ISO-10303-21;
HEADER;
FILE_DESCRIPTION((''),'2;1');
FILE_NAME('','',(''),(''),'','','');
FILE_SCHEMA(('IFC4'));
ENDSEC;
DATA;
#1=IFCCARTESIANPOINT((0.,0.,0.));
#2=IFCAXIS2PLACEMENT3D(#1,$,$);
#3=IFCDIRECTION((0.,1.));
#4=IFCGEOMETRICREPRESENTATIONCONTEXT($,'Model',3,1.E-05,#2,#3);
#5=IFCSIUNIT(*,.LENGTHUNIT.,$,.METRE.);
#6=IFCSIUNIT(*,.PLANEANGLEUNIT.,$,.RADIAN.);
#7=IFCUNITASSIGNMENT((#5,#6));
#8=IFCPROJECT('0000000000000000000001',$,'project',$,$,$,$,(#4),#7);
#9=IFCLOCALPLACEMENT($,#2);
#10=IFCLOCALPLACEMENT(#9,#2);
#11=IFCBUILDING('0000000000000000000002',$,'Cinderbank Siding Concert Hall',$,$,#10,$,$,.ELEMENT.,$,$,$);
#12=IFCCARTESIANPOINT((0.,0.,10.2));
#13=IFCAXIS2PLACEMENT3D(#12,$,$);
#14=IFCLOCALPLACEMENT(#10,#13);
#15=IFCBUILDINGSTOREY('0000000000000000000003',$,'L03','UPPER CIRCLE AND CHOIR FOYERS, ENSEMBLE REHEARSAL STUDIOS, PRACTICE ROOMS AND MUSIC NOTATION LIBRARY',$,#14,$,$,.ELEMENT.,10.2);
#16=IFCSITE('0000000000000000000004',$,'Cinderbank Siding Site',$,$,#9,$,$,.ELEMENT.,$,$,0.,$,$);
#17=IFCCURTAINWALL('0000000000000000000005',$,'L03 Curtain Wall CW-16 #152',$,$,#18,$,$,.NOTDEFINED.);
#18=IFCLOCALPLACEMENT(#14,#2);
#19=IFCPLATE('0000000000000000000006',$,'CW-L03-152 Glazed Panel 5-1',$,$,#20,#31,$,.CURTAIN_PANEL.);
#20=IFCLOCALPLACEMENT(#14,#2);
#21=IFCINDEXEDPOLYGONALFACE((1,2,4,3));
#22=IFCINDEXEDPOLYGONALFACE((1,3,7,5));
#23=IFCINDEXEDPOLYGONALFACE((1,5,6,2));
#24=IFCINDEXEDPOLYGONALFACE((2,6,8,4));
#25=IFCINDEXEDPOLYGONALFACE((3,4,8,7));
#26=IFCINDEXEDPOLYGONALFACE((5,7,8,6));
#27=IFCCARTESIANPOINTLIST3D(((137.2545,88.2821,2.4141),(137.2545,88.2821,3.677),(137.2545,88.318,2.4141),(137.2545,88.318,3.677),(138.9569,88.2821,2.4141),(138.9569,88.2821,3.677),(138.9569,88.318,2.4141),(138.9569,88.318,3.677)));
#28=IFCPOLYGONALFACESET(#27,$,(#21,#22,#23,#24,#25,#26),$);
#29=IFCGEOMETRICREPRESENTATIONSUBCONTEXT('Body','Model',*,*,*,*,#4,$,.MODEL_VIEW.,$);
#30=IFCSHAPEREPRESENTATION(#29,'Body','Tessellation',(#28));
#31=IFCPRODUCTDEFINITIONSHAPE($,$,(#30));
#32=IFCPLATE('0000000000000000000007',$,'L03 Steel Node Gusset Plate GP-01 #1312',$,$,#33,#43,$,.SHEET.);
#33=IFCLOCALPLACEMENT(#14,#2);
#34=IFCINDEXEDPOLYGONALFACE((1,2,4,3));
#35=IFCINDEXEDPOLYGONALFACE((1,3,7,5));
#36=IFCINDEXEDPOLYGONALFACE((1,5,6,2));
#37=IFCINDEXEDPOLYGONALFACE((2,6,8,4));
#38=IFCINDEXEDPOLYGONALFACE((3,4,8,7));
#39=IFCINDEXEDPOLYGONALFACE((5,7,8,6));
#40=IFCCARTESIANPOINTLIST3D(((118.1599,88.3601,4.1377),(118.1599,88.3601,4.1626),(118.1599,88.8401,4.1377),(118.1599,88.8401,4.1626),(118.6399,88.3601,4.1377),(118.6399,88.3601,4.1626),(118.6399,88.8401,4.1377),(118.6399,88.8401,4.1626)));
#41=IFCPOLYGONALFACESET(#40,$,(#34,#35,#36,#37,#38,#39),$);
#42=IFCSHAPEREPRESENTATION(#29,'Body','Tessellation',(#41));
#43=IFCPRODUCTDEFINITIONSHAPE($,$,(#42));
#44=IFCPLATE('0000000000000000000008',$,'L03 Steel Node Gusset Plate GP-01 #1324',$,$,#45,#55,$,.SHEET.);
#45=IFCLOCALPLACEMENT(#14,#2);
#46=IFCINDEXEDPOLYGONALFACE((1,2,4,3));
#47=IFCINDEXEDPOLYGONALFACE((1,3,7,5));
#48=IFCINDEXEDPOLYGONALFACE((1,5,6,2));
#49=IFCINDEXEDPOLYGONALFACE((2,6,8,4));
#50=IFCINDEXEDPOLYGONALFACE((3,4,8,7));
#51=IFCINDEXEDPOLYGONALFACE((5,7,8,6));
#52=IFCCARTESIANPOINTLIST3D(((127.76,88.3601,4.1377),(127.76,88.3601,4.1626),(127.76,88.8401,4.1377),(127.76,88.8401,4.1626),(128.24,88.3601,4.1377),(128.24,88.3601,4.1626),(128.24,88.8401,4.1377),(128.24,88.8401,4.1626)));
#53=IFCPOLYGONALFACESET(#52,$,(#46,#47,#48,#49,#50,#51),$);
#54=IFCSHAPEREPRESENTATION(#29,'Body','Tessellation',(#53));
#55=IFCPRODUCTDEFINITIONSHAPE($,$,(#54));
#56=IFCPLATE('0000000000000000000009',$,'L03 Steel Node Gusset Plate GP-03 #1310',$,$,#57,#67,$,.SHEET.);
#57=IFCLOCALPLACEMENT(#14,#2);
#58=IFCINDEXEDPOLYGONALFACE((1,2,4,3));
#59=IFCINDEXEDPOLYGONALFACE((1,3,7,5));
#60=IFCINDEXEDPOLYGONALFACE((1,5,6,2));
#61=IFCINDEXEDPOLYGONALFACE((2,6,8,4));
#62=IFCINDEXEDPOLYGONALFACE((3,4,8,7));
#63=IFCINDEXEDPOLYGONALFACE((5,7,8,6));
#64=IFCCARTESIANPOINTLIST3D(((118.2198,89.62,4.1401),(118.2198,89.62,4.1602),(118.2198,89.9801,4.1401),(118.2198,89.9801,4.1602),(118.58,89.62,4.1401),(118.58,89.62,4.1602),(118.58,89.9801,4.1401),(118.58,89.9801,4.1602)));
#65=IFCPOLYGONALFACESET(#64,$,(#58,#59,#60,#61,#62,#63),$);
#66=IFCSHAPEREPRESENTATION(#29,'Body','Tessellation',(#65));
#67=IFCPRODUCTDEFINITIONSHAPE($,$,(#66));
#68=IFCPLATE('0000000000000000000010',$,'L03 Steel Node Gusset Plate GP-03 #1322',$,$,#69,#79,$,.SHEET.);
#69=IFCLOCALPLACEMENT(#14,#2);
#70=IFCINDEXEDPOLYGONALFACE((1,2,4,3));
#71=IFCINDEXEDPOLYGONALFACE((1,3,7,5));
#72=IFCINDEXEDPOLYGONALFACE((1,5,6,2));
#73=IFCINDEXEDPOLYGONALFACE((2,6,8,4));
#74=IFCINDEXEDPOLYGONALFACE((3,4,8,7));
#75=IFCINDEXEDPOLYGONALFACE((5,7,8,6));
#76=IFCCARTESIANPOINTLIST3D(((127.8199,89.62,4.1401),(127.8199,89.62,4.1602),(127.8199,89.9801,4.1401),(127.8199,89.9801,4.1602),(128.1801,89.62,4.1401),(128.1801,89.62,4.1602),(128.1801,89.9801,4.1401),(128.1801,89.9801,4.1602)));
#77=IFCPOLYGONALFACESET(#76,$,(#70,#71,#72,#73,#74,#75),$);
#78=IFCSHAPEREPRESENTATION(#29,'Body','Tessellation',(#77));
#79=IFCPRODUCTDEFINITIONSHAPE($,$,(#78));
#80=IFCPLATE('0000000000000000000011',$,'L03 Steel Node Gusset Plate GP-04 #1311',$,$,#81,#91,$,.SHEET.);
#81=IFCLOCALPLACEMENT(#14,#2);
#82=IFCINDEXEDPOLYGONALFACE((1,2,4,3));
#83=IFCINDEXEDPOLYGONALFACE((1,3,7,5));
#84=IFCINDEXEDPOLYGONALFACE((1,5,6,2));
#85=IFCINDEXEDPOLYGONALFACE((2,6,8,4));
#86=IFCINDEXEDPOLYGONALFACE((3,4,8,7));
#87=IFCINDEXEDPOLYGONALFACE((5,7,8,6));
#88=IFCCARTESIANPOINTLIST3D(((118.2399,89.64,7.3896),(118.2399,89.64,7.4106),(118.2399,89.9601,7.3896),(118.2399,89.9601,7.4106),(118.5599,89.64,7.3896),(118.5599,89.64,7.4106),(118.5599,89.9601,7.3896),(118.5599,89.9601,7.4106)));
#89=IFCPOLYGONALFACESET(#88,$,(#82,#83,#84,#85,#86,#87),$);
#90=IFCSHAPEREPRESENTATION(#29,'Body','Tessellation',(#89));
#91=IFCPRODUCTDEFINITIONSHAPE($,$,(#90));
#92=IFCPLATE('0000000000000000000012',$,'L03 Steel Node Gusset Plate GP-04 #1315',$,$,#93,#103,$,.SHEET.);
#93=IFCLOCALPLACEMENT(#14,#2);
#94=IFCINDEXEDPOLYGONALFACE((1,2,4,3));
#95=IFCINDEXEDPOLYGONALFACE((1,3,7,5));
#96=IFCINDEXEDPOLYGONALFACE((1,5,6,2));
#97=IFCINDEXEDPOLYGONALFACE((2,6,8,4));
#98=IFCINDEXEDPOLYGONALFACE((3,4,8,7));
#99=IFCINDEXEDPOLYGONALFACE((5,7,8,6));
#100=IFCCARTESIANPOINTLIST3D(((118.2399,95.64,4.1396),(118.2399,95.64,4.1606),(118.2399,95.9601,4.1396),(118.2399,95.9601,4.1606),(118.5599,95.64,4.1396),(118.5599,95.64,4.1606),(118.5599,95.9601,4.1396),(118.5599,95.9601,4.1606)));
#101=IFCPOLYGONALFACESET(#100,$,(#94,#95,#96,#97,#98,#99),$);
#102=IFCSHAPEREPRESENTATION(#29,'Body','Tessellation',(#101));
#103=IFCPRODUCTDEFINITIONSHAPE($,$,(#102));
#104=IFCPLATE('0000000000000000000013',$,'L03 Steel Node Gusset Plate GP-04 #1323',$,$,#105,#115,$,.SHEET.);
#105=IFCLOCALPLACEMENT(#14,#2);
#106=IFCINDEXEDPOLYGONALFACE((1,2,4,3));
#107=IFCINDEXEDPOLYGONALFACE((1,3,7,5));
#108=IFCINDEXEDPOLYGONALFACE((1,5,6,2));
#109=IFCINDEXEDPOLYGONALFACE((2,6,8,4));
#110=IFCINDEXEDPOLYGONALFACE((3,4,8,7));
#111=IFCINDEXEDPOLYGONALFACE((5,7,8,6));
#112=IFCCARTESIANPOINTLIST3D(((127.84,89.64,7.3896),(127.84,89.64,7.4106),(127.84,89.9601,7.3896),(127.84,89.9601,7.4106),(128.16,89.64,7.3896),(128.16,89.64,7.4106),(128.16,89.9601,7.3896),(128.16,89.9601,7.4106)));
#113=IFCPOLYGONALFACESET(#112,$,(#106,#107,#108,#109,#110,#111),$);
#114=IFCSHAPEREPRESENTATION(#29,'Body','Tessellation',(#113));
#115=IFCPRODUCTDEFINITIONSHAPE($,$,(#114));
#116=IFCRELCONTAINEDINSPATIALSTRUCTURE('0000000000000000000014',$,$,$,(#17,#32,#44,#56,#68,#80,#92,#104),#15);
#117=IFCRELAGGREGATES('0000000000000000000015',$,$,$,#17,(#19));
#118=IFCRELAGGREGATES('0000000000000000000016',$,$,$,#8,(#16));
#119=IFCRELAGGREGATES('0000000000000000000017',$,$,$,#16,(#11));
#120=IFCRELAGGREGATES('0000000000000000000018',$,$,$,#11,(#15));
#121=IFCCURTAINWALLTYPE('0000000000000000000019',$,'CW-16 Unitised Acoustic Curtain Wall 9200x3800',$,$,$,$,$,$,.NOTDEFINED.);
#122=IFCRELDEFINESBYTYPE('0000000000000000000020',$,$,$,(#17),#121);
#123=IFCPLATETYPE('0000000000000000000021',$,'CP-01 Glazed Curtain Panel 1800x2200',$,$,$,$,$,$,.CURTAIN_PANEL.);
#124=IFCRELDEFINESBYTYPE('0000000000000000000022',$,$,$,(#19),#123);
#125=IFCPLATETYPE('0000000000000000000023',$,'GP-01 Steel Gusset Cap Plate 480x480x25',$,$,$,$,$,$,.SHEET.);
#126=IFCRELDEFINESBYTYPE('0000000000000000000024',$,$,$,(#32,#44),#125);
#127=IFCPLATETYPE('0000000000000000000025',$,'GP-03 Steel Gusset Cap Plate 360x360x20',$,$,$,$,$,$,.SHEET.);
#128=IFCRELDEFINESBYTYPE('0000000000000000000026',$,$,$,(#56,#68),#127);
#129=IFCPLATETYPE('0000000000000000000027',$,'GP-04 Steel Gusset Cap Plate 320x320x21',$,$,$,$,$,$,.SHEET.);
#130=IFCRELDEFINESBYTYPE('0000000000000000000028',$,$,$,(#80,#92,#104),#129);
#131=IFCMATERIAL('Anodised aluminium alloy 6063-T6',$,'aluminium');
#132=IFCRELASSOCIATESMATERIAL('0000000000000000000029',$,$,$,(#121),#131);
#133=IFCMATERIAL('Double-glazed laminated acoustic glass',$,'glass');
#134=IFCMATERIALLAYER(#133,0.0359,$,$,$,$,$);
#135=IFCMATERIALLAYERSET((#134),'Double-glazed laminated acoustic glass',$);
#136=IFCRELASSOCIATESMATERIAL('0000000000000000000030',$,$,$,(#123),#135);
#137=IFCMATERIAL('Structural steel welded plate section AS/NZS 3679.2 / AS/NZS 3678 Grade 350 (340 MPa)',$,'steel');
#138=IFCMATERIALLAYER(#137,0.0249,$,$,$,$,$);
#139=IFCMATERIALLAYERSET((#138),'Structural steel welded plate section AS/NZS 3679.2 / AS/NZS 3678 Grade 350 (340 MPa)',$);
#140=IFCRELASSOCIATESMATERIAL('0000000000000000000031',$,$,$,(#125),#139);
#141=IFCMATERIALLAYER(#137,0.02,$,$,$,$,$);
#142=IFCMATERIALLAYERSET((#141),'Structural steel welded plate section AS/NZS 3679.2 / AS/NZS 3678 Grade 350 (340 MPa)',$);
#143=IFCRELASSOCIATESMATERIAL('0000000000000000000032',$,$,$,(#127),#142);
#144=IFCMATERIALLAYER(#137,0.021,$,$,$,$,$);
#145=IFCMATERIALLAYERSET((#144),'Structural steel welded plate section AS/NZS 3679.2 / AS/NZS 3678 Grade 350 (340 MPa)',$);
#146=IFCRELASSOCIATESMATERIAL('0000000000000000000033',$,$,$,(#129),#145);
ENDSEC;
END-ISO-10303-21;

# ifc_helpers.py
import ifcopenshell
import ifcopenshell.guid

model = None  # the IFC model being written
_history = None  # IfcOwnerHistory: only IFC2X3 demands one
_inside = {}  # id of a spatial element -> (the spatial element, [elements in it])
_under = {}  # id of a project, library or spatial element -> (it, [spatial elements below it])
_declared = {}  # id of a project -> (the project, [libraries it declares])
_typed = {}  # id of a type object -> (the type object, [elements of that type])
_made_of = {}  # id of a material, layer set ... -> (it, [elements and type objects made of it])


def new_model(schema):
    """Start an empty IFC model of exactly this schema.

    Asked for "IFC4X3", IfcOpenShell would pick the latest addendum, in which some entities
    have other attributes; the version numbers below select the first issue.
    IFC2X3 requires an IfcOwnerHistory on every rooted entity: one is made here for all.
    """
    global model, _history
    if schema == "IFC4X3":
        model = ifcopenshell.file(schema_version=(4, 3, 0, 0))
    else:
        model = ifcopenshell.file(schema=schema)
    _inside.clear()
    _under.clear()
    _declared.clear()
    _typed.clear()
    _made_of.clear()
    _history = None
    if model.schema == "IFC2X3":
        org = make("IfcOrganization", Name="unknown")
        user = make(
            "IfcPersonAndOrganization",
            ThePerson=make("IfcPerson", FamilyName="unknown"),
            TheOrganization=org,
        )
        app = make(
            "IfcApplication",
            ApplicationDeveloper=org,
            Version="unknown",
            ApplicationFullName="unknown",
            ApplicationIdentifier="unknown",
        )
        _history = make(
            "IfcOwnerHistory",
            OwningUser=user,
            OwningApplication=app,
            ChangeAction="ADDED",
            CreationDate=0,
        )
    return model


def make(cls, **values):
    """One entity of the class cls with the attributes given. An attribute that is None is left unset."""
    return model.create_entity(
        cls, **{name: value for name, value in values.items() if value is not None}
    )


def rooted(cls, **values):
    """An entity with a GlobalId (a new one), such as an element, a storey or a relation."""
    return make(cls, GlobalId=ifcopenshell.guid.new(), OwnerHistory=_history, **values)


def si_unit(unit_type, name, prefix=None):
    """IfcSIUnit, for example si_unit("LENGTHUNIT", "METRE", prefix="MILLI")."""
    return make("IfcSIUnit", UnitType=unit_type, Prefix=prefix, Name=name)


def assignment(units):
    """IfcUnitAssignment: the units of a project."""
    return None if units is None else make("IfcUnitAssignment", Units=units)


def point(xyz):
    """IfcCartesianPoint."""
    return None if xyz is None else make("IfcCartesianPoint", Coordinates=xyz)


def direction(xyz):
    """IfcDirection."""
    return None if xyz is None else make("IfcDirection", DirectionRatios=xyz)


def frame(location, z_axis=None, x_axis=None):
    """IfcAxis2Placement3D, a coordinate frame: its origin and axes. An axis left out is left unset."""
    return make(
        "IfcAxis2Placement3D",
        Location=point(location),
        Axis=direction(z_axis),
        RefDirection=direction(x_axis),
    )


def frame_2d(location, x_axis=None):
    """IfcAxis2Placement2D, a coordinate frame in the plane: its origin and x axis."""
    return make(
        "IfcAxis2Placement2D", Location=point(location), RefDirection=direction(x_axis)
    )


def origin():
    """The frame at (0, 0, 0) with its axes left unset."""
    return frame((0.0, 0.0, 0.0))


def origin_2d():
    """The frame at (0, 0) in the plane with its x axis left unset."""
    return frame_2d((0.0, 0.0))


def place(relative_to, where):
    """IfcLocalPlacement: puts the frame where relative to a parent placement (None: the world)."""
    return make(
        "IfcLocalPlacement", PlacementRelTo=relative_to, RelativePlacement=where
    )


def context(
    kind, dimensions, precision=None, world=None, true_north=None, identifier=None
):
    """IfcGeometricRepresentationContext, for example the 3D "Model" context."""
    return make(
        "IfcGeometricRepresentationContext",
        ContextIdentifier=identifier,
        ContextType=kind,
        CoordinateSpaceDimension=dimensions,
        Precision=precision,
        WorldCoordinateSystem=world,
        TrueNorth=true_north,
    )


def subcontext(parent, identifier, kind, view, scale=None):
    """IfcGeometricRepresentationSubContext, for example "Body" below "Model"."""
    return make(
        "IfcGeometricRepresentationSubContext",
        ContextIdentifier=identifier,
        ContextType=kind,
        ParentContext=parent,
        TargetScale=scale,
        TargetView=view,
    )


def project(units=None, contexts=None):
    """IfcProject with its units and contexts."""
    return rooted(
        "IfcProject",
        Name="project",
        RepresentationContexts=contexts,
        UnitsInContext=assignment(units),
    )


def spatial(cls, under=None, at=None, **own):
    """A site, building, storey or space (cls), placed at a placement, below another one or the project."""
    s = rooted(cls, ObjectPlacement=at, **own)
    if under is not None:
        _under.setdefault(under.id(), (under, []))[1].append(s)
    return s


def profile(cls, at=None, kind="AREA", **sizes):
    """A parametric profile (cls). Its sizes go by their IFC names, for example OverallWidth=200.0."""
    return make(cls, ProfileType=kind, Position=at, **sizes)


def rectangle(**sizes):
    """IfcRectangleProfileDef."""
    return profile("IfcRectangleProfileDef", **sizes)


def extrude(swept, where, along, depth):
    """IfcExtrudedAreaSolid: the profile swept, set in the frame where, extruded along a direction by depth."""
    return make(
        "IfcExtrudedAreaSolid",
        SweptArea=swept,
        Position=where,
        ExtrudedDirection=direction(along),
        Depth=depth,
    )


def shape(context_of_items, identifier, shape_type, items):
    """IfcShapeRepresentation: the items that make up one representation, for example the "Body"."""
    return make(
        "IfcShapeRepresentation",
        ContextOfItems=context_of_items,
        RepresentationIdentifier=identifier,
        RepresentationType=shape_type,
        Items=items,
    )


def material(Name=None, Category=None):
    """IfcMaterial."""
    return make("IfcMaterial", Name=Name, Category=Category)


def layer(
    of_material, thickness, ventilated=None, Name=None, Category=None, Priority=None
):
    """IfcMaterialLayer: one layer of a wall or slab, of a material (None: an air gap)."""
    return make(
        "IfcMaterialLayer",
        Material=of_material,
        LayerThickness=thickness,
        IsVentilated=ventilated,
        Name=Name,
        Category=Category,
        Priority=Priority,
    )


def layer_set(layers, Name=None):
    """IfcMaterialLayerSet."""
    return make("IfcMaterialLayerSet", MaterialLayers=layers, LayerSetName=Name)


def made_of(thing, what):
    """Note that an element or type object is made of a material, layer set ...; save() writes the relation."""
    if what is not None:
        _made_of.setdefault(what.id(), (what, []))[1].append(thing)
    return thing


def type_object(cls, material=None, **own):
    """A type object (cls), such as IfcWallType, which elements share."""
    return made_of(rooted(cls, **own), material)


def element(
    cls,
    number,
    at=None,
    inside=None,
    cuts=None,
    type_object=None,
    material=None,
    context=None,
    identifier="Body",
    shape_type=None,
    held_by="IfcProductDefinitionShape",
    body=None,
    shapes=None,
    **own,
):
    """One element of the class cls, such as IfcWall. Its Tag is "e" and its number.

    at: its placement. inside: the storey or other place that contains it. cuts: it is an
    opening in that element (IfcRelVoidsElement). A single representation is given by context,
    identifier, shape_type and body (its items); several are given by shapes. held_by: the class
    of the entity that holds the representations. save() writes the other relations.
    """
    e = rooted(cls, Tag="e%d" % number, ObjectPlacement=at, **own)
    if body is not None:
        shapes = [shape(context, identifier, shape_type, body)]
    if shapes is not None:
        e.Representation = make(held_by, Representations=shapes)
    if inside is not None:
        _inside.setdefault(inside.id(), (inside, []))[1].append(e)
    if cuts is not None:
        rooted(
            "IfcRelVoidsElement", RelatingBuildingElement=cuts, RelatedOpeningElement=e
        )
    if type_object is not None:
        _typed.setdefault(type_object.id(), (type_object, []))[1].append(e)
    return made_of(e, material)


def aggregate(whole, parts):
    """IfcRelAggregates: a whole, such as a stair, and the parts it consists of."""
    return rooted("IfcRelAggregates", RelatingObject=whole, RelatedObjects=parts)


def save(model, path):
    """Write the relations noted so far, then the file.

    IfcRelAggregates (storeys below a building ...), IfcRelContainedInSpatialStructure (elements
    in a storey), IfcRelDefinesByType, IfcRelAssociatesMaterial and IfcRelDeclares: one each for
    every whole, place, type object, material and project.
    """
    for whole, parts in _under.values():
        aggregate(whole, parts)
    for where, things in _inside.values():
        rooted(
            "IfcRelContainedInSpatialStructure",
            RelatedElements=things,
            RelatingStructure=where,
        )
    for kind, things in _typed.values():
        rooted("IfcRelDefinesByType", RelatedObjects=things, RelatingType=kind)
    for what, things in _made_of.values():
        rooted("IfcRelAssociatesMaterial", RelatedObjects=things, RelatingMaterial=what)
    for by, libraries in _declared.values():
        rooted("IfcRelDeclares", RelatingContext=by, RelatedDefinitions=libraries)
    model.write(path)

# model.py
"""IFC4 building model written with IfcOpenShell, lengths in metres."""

from ifc_helpers import new_model, si_unit, direction, frame, origin, origin_2d, place, context, subcontext, project, spatial, rectangle, extrude, material, layer, layer_set, type_object, element, aggregate, save


model = new_model("IFC4")

# Units and contexts
model_context = context("Model", 3, precision=1e-05, world=origin(), true_north=direction((0.0, 1.0)))
body_context = subcontext(model_context, "Body", "Model", "MODEL_VIEW")
ifc_project = project(units=[si_unit("LENGTHUNIT", "METRE"), si_unit("PLANEANGLEUNIT", "RADIAN")], contexts=[model_context])

# Site, building, storey
site_placement = place(None, origin())
site = spatial("IfcSite", under=ifc_project, at=site_placement, Name="Cinderbank Siding Site", CompositionType="ELEMENT", RefElevation=0.0)
building_placement = place(site_placement, origin())
building = spatial("IfcBuilding", under=site, at=building_placement, Name="Cinderbank Siding Concert Hall", CompositionType="ELEMENT")
storey_placement = place(building_placement, frame((0.0, 0.0, 10.2)))
storey = spatial("IfcBuildingStorey", under=building, at=storey_placement, Name="L03", Description="UPPER CIRCLE AND CHOIR FOYERS, ENSEMBLE REHEARSAL STUDIOS, PRACTICE ROOMS AND MUSIC NOTATION LIBRARY", CompositionType="ELEMENT", Elevation=10.2)

# Shared definitions
ifc_material_1 = material(Name="Structural steel welded plate section AS/NZS 3679.2 / AS/NZS 3678 Grade 350 (340 MPa)", Category="steel")

# Curtain wall
ifc_material_2 = material(Name="Anodised aluminium alloy 6063-T6", Category="aluminium")
curtain_wall_type = type_object("IfcCurtainWallType", Name="CW-16 Unitised Acoustic Curtain Wall 9200x3800", PredefinedType="NOTDEFINED", material=ifc_material_2)
curtain_wall_placement = place(storey_placement, origin())
curtain_wall = element("IfcCurtainWall", 1, at=curtain_wall_placement, inside=storey, type_object=curtain_wall_type, Name="L03 Curtain Wall CW-16 #152", PredefinedType="NOTDEFINED")

# Plate
ifc_material_3 = material(Name="Double-glazed laminated acoustic glass", Category="glass")
ifc_layer_1 = layer(ifc_material_3, 0.0359)
ifc_layer_set_1 = layer_set([ifc_layer_1], Name="Double-glazed laminated acoustic glass")
plate_type_1 = type_object("IfcPlateType", Name="CP-01 Glazed Curtain Panel 1800x2200", PredefinedType="CURTAIN_PANEL", material=ifc_layer_set_1)
plate_1_placement = place(storey_placement, frame((138.1057, 88.3, 2.4141), z_axis=(0.0, 0.0, 1.0), x_axis=(1.0, 0.0, 0.0)))
plate_1 = element("IfcPlate", 2, at=plate_1_placement, type_object=plate_type_1, Name="CW-L03-152 Glazed Panel 5-1", PredefinedType="CURTAIN_PANEL", context=body_context, shape_type="SweptSolid", body=[
    extrude(rectangle(XDim=1.7024, YDim=0.0359, at=origin_2d()), origin(), (0.0, 0.0, 1.0), 1.2629),
])
aggregate(curtain_wall, [plate_1])

# Plates
ifc_layer_2 = layer(ifc_material_1, 0.0249)
ifc_layer_set_2 = layer_set([ifc_layer_2], Name="Structural steel welded plate section AS/NZS 3679.2 / AS/NZS 3678 Grade 350 (340 MPa)")
plate_type_2 = type_object("IfcPlateType", Name="GP-01 Steel Gusset Cap Plate 480x480x25", PredefinedType="SHEET", material=ifc_layer_set_2)
for number, where, z_axis, x_axis, name in (
    (3, (118.3999, 88.6001, 4.1377), (0.0, 0.0, 1.0), (0.0, 1.0, 0.0), "L03 Steel Node Gusset Plate GP-01 #1312"),
    (4, (128.0, 88.6001, 4.1377), (0.0, 0.0, 1.0), (0.0, 1.0, 0.0), "L03 Steel Node Gusset Plate GP-01 #1324"),
):
    element("IfcPlate", number, at=place(storey_placement, frame(where, z_axis=z_axis, x_axis=x_axis)), inside=storey, type_object=plate_type_2, Name=name, PredefinedType="SHEET", context=body_context, shape_type="SweptSolid", body=[
        extrude(rectangle(XDim=0.48, YDim=0.48, at=origin_2d()), origin(), (0.0, 0.0, 1.0), 0.0249),
    ])
ifc_layer_3 = layer(ifc_material_1, 0.02)
ifc_layer_set_3 = layer_set([ifc_layer_3], Name="Structural steel welded plate section AS/NZS 3679.2 / AS/NZS 3678 Grade 350 (340 MPa)")
plate_type_3 = type_object("IfcPlateType", Name="GP-03 Steel Gusset Cap Plate 360x360x20", PredefinedType="SHEET", material=ifc_layer_set_3)
for number, where, z_axis, x_axis, name in (
    (5, (118.3999, 89.8, 4.1401), (0.0, 0.0, 1.0), (1.0, 0.0, 0.0), "L03 Steel Node Gusset Plate GP-03 #1310"),
    (6, (128.0, 89.8, 4.1401), (0.0, 0.0, 1.0), (1.0, 0.0, 0.0), "L03 Steel Node Gusset Plate GP-03 #1322"),
):
    element("IfcPlate", number, at=place(storey_placement, frame(where, z_axis=z_axis, x_axis=x_axis)), inside=storey, type_object=plate_type_3, Name=name, PredefinedType="SHEET", context=body_context, shape_type="SweptSolid", body=[
        extrude(rectangle(XDim=0.3601, YDim=0.3601, at=origin_2d()), origin(), (0.0, 0.0, 1.0), 0.02),
    ])
ifc_layer_4 = layer(ifc_material_1, 0.021)
ifc_layer_set_4 = layer_set([ifc_layer_4], Name="Structural steel welded plate section AS/NZS 3679.2 / AS/NZS 3678 Grade 350 (340 MPa)")
plate_type_4 = type_object("IfcPlateType", Name="GP-04 Steel Gusset Cap Plate 320x320x21", PredefinedType="SHEET", material=ifc_layer_set_4)
for number, where, z_axis, x_axis, name in (
    (7, (118.3999, 89.8, 7.3896), (0.0, 0.0, 1.0), (1.0, 0.0, 0.0), "L03 Steel Node Gusset Plate GP-04 #1311"),
    (8, (118.3999, 95.8, 4.1396), (0.0, 0.0, 1.0), (0.0, 1.0, 0.0), "L03 Steel Node Gusset Plate GP-04 #1315"),
    (9, (128.0, 89.8, 7.3896), (0.0, 0.0, 1.0), (1.0, 0.0, 0.0), "L03 Steel Node Gusset Plate GP-04 #1323"),
):
    element("IfcPlate", number, at=place(storey_placement, frame(where, z_axis=z_axis, x_axis=x_axis)), inside=storey, type_object=plate_type_4, Name=name, PredefinedType="SHEET", context=body_context, shape_type="SweptSolid", body=[
        extrude(rectangle(XDim=0.3201, YDim=0.3201, at=origin_2d()), origin(), (0.0, 0.0, 1.0), 0.021),
    ])

save(model, "model.ifc")
